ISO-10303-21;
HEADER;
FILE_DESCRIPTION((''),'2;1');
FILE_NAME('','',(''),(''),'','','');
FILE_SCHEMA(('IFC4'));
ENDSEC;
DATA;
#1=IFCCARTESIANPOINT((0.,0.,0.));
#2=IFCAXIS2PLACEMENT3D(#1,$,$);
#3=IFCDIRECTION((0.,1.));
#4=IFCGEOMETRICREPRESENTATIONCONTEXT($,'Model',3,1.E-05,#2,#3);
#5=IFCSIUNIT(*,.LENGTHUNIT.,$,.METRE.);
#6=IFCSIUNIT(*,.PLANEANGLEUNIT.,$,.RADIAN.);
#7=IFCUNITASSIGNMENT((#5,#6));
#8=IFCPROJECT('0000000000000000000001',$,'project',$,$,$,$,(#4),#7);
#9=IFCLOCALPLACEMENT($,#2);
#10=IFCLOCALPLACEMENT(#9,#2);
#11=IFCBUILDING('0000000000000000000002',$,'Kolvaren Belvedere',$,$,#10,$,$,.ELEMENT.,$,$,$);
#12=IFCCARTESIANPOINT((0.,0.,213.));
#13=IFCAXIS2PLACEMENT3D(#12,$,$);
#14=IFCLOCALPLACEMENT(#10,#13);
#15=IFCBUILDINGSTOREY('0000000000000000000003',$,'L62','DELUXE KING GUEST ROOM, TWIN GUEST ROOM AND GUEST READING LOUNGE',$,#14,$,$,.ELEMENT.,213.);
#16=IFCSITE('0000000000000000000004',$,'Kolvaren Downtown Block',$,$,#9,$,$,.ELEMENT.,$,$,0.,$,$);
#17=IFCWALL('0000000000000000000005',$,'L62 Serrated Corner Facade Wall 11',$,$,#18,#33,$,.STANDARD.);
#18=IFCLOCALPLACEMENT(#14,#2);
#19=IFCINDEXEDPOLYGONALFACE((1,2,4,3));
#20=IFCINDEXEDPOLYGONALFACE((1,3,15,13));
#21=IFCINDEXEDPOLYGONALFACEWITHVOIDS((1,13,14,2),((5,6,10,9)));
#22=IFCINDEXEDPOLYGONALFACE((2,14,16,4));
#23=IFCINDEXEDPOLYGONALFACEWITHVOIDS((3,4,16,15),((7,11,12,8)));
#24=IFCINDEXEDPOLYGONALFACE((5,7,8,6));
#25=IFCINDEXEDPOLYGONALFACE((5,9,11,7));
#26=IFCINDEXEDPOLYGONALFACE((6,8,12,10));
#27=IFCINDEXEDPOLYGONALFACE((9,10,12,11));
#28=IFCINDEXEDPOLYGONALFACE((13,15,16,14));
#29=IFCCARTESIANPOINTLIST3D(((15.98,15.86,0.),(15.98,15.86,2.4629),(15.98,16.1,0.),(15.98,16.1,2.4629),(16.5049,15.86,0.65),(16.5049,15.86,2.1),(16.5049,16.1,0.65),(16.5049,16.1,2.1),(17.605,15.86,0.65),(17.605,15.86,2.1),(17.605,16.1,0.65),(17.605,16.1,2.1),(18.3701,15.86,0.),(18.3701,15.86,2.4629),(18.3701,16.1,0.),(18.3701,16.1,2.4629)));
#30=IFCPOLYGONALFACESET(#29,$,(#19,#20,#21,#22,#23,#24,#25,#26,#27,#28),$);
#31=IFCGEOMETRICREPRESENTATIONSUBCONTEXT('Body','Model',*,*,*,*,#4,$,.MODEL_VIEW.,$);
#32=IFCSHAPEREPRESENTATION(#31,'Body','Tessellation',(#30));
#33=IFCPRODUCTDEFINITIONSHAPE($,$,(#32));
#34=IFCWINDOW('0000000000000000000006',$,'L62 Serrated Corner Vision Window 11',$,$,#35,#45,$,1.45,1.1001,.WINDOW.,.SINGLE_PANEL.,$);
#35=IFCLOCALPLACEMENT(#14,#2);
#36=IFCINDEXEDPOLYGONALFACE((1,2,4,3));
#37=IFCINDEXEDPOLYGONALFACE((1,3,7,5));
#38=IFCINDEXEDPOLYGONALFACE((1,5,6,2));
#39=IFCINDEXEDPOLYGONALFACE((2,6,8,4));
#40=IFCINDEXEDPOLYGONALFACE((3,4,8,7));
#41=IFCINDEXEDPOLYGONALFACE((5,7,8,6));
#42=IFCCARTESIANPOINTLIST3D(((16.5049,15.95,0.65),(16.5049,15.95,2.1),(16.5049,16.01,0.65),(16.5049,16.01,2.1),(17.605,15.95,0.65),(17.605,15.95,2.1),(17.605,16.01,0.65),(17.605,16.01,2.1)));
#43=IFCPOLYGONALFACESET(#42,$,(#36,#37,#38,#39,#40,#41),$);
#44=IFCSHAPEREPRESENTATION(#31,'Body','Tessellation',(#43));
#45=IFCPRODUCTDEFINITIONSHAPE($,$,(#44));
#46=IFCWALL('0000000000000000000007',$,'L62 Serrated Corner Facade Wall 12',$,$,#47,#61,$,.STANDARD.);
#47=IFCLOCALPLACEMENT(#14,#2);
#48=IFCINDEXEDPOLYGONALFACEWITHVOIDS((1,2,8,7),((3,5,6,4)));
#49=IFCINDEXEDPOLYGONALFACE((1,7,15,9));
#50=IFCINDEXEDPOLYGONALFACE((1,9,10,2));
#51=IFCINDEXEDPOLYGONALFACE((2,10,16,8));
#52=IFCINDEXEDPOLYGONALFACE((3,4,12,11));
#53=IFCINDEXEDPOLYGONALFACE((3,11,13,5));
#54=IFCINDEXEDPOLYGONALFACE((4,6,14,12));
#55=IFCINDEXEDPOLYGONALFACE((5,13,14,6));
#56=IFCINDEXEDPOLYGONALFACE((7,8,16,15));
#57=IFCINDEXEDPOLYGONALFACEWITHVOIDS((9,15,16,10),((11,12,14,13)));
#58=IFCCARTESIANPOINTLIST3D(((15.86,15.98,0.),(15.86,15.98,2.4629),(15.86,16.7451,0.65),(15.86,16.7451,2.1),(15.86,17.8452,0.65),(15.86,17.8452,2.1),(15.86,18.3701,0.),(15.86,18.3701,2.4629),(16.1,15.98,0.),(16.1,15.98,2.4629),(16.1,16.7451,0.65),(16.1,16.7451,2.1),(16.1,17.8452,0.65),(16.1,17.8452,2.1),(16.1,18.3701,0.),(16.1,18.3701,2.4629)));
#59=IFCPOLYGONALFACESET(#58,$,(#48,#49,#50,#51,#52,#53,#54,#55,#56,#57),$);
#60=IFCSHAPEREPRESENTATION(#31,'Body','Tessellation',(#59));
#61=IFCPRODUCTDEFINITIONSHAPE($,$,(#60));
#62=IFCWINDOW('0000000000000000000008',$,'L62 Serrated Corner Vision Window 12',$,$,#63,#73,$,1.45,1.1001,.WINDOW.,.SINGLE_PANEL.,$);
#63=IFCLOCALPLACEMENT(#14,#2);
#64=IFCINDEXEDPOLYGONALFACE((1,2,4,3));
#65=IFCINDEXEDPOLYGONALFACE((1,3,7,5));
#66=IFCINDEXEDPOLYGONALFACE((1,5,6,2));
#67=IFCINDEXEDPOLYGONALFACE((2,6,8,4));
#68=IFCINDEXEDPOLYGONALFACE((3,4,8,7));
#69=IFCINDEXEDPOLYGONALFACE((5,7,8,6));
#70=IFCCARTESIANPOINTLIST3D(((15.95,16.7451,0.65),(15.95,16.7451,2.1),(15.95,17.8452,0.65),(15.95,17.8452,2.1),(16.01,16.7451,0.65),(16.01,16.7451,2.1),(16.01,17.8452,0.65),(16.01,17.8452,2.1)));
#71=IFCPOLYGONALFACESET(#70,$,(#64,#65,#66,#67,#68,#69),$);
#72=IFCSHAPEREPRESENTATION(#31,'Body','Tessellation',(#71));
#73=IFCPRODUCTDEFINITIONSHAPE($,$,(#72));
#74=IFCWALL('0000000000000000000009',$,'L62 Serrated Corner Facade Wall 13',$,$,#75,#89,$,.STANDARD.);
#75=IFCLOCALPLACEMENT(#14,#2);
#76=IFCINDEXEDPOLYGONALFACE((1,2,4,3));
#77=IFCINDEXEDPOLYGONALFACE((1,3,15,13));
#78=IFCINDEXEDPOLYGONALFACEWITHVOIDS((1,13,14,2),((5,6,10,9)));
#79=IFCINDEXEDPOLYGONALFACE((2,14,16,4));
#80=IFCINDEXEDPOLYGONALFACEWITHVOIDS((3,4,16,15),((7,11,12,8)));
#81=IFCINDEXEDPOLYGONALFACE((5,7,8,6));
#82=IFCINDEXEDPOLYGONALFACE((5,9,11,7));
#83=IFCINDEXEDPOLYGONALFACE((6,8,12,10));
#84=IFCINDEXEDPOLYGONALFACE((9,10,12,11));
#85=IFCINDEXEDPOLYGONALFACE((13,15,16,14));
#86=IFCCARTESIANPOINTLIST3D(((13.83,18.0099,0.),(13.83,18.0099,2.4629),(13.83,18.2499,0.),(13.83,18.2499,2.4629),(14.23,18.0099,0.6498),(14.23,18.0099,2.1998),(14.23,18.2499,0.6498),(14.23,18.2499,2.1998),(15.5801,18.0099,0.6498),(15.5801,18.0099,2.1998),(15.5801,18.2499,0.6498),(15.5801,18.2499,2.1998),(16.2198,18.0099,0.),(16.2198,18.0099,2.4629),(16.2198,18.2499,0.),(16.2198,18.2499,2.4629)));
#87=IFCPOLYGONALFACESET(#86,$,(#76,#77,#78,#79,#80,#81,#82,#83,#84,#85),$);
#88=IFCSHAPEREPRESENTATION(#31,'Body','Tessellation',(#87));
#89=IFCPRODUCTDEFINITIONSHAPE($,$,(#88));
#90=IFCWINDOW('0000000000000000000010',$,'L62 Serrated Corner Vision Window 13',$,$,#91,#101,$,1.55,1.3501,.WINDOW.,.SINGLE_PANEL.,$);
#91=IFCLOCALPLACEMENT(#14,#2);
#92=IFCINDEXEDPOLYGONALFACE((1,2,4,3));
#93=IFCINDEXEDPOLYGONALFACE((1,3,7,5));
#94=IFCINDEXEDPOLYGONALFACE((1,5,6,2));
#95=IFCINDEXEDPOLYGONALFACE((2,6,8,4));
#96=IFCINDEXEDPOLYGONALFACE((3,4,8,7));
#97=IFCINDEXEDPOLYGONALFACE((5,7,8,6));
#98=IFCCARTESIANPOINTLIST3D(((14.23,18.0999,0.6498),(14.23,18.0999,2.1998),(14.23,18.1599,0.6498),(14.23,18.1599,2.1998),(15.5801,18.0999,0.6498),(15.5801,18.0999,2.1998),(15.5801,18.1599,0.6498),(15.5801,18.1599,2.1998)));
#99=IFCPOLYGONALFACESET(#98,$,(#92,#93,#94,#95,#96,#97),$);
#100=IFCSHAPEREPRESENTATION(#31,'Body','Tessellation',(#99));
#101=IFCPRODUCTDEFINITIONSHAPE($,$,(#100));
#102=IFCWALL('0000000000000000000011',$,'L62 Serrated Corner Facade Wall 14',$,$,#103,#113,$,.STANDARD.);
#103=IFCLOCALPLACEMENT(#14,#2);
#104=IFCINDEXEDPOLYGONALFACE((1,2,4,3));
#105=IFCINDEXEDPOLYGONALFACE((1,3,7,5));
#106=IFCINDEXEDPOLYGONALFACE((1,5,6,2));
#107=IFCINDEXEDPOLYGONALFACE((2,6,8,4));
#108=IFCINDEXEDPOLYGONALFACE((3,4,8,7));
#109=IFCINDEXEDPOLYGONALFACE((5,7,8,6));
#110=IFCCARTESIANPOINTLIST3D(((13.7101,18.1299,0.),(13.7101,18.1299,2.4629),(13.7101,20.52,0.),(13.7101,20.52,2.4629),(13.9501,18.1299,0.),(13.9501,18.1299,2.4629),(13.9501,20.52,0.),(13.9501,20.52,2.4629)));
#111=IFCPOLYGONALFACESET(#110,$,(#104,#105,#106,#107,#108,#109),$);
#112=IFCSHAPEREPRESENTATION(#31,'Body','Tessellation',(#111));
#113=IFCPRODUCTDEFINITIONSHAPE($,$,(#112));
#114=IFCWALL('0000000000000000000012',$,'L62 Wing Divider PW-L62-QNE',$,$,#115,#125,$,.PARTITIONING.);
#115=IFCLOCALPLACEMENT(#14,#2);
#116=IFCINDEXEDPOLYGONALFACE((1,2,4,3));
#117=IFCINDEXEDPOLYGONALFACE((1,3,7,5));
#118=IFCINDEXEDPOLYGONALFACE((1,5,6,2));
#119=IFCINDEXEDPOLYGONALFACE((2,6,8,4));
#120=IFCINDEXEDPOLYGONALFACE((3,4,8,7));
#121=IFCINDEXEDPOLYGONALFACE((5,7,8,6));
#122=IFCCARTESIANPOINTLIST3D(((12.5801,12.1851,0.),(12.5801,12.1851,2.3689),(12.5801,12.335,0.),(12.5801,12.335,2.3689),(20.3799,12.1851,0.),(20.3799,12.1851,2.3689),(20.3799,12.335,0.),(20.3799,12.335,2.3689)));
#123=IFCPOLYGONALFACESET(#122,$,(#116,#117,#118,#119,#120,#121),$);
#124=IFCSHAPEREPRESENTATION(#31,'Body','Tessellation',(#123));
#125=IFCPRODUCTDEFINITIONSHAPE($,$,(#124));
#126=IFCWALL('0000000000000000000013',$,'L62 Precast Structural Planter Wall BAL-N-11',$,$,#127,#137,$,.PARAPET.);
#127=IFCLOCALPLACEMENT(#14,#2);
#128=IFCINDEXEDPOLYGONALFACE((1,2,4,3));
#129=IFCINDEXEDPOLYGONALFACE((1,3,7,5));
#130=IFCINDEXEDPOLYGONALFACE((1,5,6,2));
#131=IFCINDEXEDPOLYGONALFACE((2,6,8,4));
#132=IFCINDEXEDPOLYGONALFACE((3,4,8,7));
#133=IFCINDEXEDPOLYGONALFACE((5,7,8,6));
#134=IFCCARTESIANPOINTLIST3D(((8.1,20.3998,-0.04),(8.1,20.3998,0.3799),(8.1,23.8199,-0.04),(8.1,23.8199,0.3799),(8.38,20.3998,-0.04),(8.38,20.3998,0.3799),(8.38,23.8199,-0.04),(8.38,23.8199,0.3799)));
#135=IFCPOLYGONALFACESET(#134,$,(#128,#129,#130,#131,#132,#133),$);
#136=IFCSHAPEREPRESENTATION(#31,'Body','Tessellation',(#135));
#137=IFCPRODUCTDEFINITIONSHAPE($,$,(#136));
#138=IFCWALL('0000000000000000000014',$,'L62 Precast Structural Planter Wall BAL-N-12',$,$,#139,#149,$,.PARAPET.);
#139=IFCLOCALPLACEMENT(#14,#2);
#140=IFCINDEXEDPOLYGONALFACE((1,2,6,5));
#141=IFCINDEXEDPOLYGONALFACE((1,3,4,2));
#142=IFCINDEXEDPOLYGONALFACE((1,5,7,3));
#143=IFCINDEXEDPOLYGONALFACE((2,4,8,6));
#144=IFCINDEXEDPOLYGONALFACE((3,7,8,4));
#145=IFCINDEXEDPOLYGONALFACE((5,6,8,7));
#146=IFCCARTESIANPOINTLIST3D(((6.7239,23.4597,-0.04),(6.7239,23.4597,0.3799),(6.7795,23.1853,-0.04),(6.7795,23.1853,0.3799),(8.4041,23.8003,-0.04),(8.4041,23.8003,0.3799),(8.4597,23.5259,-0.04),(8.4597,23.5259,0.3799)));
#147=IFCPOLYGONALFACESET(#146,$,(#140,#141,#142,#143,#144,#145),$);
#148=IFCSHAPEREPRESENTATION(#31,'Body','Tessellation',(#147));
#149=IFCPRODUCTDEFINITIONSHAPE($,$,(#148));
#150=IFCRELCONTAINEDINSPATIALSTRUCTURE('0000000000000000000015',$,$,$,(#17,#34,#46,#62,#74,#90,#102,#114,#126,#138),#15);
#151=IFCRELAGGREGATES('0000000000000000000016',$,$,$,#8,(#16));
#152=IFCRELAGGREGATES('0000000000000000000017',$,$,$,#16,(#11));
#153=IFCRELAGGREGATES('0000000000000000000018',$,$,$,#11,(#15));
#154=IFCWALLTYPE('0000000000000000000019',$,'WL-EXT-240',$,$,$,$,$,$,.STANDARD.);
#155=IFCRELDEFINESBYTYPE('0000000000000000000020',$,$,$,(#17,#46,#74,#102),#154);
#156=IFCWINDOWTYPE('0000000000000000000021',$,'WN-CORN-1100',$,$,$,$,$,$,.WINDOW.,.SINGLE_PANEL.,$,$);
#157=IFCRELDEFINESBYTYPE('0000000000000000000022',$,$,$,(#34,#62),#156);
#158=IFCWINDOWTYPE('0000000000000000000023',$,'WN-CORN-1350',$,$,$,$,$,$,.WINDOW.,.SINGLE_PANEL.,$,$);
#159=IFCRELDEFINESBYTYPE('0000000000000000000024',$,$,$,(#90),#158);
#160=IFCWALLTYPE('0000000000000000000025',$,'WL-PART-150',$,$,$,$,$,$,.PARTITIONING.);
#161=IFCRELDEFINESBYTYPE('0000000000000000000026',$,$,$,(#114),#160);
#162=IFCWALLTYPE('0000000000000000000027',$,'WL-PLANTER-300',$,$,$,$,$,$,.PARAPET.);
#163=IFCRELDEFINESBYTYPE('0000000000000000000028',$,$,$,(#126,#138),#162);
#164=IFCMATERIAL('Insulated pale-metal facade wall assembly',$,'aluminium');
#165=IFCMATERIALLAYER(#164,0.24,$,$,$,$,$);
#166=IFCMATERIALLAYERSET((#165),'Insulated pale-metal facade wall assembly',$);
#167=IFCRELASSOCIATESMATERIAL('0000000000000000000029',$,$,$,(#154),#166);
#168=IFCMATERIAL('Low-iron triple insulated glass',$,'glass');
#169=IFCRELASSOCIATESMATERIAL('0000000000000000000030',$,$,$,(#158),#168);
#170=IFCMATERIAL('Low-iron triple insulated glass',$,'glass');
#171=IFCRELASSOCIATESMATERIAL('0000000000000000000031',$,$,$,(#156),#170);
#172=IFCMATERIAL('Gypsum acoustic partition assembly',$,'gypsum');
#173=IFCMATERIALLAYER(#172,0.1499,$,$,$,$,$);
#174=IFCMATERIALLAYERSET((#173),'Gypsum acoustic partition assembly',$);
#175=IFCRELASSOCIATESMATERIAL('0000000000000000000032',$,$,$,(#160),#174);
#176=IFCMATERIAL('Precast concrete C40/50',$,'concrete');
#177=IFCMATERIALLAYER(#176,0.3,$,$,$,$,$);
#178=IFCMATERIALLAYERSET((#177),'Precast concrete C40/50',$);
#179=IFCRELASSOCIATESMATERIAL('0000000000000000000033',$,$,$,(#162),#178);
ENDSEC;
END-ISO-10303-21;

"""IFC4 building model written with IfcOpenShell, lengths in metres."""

from ifc_helpers import new_model, si_unit, direction, frame, frame_2d, origin, place, context, subcontext, project, spatial, rectangle, extrude, material, layer, layer_set, type_object, element, fill, save


model = new_model("IFC4")

# Units and contexts
model_context = context("Model", 3, precision=1e-05, world=origin(), true_north=direction((0.0, 1.0)))
body_context = subcontext(model_context, "Body", "Model", "MODEL_VIEW")
ifc_project = project(units=[si_unit("LENGTHUNIT", "METRE"), si_unit("PLANEANGLEUNIT", "RADIAN")], contexts=[model_context])

# Site, building, storey
site_placement = place(None, origin())
site = spatial("IfcSite", under=ifc_project, at=site_placement, Name="Kolvaren Downtown Block", CompositionType="ELEMENT", RefElevation=0.0)
building_placement = place(site_placement, origin())
building = spatial("IfcBuilding", under=site, at=building_placement, Name="Kolvaren Belvedere", CompositionType="ELEMENT")
storey_placement = place(building_placement, frame((0.0, 0.0, 213.0)))
storey = spatial("IfcBuildingStorey", under=building, at=storey_placement, Name="L62", Description="DELUXE KING GUEST ROOM, TWIN GUEST ROOM AND GUEST READING LOUNGE", CompositionType="ELEMENT", Elevation=213.0)

# Shared definitions
ifc_material_1 = material(Name="Insulated pale-metal facade wall assembly", Category="aluminium")
ifc_layer_1 = layer(ifc_material_1, 0.24)
ifc_layer_set_1 = layer_set([ifc_layer_1], Name="Insulated pale-metal facade wall assembly")
wall_type_1 = type_object("IfcWallType", Name="WL-EXT-240", PredefinedType="STANDARD", material=ifc_layer_set_1)

# Walls, openings, windows
ifc_material_2 = material(Name="Low-iron triple insulated glass", Category="glass")
window_type_1 = type_object("IfcWindowType", Name="WN-CORN-1350", PartitioningType="SINGLE_PANEL", PredefinedType="WINDOW", material=ifc_material_2)
wall_1_placement = place(storey_placement, frame((15.98, 15.98, 0.0), z_axis=(0.0, 0.0, 1.0), x_axis=(1.0, 0.0, 0.0)))
wall_1 = element("IfcWall", 1, at=wall_1_placement, inside=storey, type_object=wall_type_1, Name="L62 Serrated Corner Facade Wall 11", PredefinedType="STANDARD", context=body_context, shape_type="SweptSolid", body=[
    extrude(rectangle(XDim=2.3901, YDim=0.24, at=frame_2d((1.1951, 0.0))), origin(), (0.0, 0.0, 1.0), 2.4629),
])
opening_1_placement = place(wall_1_placement, frame((0.5249, 0.0, 0.6499)))
opening_1 = element("IfcOpeningElement", 2, at=opening_1_placement, cuts=wall_1, PredefinedType="OPENING", context=body_context, shape_type="SweptSolid", body=[
    extrude(rectangle(XDim=1.1001, YDim=1.45, at=frame_2d((0.55, 0.7251))), frame((0.0, 0.1299, 0.0), z_axis=(0.0, -1.0, 0.0), x_axis=(1.0, 0.0, 0.0)), (0.0, 0.0, 1.0), 0.26),
])
ifc_material_3 = material(Name="Low-iron triple insulated glass", Category="glass")
window_type_2 = type_object("IfcWindowType", Name="WN-CORN-1100", PartitioningType="SINGLE_PANEL", PredefinedType="WINDOW", material=ifc_material_3)
window_1_placement = place(opening_1_placement, origin())
window_1 = element("IfcWindow", 3, at=window_1_placement, inside=storey, type_object=window_type_2, Name="L62 Serrated Corner Vision Window 11", OverallHeight=1.45, OverallWidth=1.1001, PartitioningType="SINGLE_PANEL", PredefinedType="WINDOW", context=body_context, shape_type="SweptSolid", body=[
    extrude(rectangle(XDim=1.1001, YDim=1.45, at=frame_2d((0.55, 0.7251))), frame((0.0, 0.03, 0.0), z_axis=(0.0, -1.0, 0.0), x_axis=(1.0, 0.0, 0.0)), (0.0, 0.0, 1.0), 0.0601),
])
fill(opening_1, window_1)
wall_2_placement = place(storey_placement, frame((15.98, 18.3701, 0.0), z_axis=(0.0, 0.0, 1.0), x_axis=(0.0, -1.0, 0.0)))
wall_2 = element("IfcWall", 4, at=wall_2_placement, inside=storey, type_object=wall_type_1, Name="L62 Serrated Corner Facade Wall 12", PredefinedType="STANDARD", context=body_context, shape_type="SweptSolid", body=[
    extrude(rectangle(XDim=2.3901, YDim=0.24, at=frame_2d((1.1951, 0.0))), origin(), (0.0, 0.0, 1.0), 2.4629),
])
opening_2_placement = place(wall_2_placement, frame((0.5249, 0.0, 0.6499)))
opening_2 = element("IfcOpeningElement", 5, at=opening_2_placement, cuts=wall_2, PredefinedType="OPENING", context=body_context, shape_type="SweptSolid", body=[
    extrude(rectangle(XDim=1.1001, YDim=1.45, at=frame_2d((0.55, 0.7251))), frame((0.0, 0.1299, 0.0), z_axis=(0.0, -1.0, 0.0), x_axis=(1.0, 0.0, 0.0)), (0.0, 0.0, 1.0), 0.26),
])
window_2_placement = place(opening_2_placement, origin())
window_2 = element("IfcWindow", 6, at=window_2_placement, inside=storey, type_object=window_type_2, Name="L62 Serrated Corner Vision Window 12", OverallHeight=1.45, OverallWidth=1.1001, PartitioningType="SINGLE_PANEL", PredefinedType="WINDOW", context=body_context, shape_type="SweptSolid", body=[
    extrude(rectangle(XDim=1.1001, YDim=1.45, at=frame_2d((0.55, 0.7251))), frame((0.0, 0.03, 0.0), z_axis=(0.0, -1.0, 0.0), x_axis=(1.0, 0.0, 0.0)), (0.0, 0.0, 1.0), 0.0601),
])
fill(opening_2, window_2)
wall_3_placement = place(storey_placement, frame((13.8301, 18.1299, 0.0), z_axis=(0.0, 0.0, 1.0), x_axis=(1.0, 0.0, 0.0)))
wall_3 = element("IfcWall", 7, at=wall_3_placement, inside=storey, type_object=wall_type_1, Name="L62 Serrated Corner Facade Wall 13", PredefinedType="STANDARD", context=body_context, shape_type="SweptSolid", body=[
    extrude(rectangle(XDim=2.3899, YDim=0.24, at=frame_2d((1.1948, 0.0))), origin(), (0.0, 0.0, 1.0), 2.4629),
])
opening_3_placement = place(wall_3_placement, frame((0.3999, 0.0, 0.6499)))
opening_3 = element("IfcOpeningElement", 8, at=opening_3_placement, cuts=wall_3, PredefinedType="OPENING", context=body_context, shape_type="SweptSolid", body=[
    extrude(rectangle(XDim=1.3501, YDim=1.55, at=frame_2d((0.675, 0.7749))), frame((0.0, 0.1299, 0.0), z_axis=(0.0, -1.0, 0.0), x_axis=(1.0, 0.0, 0.0)), (0.0, 0.0, 1.0), 0.26),
])
window_3_placement = place(opening_3_placement, origin())
window_3 = element("IfcWindow", 9, at=window_3_placement, inside=storey, type_object=window_type_1, Name="L62 Serrated Corner Vision Window 13", OverallHeight=1.55, OverallWidth=1.3501, PartitioningType="SINGLE_PANEL", PredefinedType="WINDOW", context=body_context, shape_type="SweptSolid", body=[
    extrude(rectangle(XDim=1.3501, YDim=1.55, at=frame_2d((0.675, 0.7749))), frame((0.0, 0.03, 0.0), z_axis=(0.0, -1.0, 0.0), x_axis=(1.0, 0.0, 0.0)), (0.0, 0.0, 1.0), 0.0601),
])
fill(opening_3, window_3)

# Walls
wall_4_placement = place(storey_placement, frame((13.8301, 20.52, 0.0), z_axis=(0.0, 0.0, 1.0), x_axis=(0.0, -1.0, 0.0)))
element("IfcWall", 10, at=wall_4_placement, inside=storey, type_object=wall_type_1, Name="L62 Serrated Corner Facade Wall 14", PredefinedType="STANDARD", context=body_context, shape_type="SweptSolid", body=[
    extrude(rectangle(XDim=2.3901, YDim=0.24, at=frame_2d((1.1951, 0.0))), origin(), (0.0, 0.0, 1.0), 2.4629),
])
ifc_material_4 = material(Name="Gypsum acoustic partition assembly", Category="gypsum")
ifc_layer_2 = layer(ifc_material_4, 0.1499)
ifc_layer_set_2 = layer_set([ifc_layer_2], Name="Gypsum acoustic partition assembly")
wall_type_2 = type_object("IfcWallType", Name="WL-PART-150", PredefinedType="PARTITIONING", material=ifc_layer_set_2)
wall_5_placement = place(storey_placement, frame((12.5801, 12.26, 0.0), z_axis=(0.0, 0.0, 1.0), x_axis=(1.0, 0.0, 0.0)))
element("IfcWall", 11, at=wall_5_placement, inside=storey, type_object=wall_type_2, Name="L62 Wing Divider PW-L62-QNE", PredefinedType="PARTITIONING", context=body_context, shape_type="SweptSolid", body=[
    extrude(rectangle(XDim=7.7998, YDim=0.1499, at=frame_2d((3.8999, 0.0))), origin(), (0.0, 0.0, 1.0), 2.3689),
])
ifc_material_5 = material(Name="Precast concrete C40/50", Category="concrete")
ifc_layer_3 = layer(ifc_material_5, 0.3)
ifc_layer_set_3 = layer_set([ifc_layer_3], Name="Precast concrete C40/50")
wall_type_3 = type_object("IfcWallType", Name="WL-PLANTER-300", PredefinedType="PARAPET", material=ifc_layer_set_3)
wall_6_placement = place(storey_placement, frame((8.24, 20.3999, -0.04), z_axis=(0.0, 0.0, 1.0), x_axis=(0.0, 1.0, 0.0)))
element("IfcWall", 12, at=wall_6_placement, inside=storey, type_object=wall_type_3, Name="L62 Precast Structural Planter Wall BAL-N-11", PredefinedType="PARAPET", context=body_context, shape_type="SweptSolid", body=[
    extrude(rectangle(XDim=3.4202, YDim=0.28, at=frame_2d((1.71, 0.0))), origin(), (0.0, 0.0, 1.0), 0.4199),
])
wall_7_placement = place(storey_placement, frame((8.4319, 23.6631, -0.04), z_axis=(0.0, 0.0, 1.0), x_axis=(-0.980068, -0.198662, 0.0)))
element("IfcWall", 13, at=wall_7_placement, inside=storey, type_object=wall_type_3, Name="L62 Precast Structural Planter Wall BAL-N-12", PredefinedType="PARAPET", context=body_context, shape_type="SweptSolid", body=[
    extrude(rectangle(XDim=1.7144, YDim=0.28, at=frame_2d((0.8572, 0.0))), origin(), (0.0, 0.0, 1.0), 0.4199),
])

save(model, "model.ifc")
